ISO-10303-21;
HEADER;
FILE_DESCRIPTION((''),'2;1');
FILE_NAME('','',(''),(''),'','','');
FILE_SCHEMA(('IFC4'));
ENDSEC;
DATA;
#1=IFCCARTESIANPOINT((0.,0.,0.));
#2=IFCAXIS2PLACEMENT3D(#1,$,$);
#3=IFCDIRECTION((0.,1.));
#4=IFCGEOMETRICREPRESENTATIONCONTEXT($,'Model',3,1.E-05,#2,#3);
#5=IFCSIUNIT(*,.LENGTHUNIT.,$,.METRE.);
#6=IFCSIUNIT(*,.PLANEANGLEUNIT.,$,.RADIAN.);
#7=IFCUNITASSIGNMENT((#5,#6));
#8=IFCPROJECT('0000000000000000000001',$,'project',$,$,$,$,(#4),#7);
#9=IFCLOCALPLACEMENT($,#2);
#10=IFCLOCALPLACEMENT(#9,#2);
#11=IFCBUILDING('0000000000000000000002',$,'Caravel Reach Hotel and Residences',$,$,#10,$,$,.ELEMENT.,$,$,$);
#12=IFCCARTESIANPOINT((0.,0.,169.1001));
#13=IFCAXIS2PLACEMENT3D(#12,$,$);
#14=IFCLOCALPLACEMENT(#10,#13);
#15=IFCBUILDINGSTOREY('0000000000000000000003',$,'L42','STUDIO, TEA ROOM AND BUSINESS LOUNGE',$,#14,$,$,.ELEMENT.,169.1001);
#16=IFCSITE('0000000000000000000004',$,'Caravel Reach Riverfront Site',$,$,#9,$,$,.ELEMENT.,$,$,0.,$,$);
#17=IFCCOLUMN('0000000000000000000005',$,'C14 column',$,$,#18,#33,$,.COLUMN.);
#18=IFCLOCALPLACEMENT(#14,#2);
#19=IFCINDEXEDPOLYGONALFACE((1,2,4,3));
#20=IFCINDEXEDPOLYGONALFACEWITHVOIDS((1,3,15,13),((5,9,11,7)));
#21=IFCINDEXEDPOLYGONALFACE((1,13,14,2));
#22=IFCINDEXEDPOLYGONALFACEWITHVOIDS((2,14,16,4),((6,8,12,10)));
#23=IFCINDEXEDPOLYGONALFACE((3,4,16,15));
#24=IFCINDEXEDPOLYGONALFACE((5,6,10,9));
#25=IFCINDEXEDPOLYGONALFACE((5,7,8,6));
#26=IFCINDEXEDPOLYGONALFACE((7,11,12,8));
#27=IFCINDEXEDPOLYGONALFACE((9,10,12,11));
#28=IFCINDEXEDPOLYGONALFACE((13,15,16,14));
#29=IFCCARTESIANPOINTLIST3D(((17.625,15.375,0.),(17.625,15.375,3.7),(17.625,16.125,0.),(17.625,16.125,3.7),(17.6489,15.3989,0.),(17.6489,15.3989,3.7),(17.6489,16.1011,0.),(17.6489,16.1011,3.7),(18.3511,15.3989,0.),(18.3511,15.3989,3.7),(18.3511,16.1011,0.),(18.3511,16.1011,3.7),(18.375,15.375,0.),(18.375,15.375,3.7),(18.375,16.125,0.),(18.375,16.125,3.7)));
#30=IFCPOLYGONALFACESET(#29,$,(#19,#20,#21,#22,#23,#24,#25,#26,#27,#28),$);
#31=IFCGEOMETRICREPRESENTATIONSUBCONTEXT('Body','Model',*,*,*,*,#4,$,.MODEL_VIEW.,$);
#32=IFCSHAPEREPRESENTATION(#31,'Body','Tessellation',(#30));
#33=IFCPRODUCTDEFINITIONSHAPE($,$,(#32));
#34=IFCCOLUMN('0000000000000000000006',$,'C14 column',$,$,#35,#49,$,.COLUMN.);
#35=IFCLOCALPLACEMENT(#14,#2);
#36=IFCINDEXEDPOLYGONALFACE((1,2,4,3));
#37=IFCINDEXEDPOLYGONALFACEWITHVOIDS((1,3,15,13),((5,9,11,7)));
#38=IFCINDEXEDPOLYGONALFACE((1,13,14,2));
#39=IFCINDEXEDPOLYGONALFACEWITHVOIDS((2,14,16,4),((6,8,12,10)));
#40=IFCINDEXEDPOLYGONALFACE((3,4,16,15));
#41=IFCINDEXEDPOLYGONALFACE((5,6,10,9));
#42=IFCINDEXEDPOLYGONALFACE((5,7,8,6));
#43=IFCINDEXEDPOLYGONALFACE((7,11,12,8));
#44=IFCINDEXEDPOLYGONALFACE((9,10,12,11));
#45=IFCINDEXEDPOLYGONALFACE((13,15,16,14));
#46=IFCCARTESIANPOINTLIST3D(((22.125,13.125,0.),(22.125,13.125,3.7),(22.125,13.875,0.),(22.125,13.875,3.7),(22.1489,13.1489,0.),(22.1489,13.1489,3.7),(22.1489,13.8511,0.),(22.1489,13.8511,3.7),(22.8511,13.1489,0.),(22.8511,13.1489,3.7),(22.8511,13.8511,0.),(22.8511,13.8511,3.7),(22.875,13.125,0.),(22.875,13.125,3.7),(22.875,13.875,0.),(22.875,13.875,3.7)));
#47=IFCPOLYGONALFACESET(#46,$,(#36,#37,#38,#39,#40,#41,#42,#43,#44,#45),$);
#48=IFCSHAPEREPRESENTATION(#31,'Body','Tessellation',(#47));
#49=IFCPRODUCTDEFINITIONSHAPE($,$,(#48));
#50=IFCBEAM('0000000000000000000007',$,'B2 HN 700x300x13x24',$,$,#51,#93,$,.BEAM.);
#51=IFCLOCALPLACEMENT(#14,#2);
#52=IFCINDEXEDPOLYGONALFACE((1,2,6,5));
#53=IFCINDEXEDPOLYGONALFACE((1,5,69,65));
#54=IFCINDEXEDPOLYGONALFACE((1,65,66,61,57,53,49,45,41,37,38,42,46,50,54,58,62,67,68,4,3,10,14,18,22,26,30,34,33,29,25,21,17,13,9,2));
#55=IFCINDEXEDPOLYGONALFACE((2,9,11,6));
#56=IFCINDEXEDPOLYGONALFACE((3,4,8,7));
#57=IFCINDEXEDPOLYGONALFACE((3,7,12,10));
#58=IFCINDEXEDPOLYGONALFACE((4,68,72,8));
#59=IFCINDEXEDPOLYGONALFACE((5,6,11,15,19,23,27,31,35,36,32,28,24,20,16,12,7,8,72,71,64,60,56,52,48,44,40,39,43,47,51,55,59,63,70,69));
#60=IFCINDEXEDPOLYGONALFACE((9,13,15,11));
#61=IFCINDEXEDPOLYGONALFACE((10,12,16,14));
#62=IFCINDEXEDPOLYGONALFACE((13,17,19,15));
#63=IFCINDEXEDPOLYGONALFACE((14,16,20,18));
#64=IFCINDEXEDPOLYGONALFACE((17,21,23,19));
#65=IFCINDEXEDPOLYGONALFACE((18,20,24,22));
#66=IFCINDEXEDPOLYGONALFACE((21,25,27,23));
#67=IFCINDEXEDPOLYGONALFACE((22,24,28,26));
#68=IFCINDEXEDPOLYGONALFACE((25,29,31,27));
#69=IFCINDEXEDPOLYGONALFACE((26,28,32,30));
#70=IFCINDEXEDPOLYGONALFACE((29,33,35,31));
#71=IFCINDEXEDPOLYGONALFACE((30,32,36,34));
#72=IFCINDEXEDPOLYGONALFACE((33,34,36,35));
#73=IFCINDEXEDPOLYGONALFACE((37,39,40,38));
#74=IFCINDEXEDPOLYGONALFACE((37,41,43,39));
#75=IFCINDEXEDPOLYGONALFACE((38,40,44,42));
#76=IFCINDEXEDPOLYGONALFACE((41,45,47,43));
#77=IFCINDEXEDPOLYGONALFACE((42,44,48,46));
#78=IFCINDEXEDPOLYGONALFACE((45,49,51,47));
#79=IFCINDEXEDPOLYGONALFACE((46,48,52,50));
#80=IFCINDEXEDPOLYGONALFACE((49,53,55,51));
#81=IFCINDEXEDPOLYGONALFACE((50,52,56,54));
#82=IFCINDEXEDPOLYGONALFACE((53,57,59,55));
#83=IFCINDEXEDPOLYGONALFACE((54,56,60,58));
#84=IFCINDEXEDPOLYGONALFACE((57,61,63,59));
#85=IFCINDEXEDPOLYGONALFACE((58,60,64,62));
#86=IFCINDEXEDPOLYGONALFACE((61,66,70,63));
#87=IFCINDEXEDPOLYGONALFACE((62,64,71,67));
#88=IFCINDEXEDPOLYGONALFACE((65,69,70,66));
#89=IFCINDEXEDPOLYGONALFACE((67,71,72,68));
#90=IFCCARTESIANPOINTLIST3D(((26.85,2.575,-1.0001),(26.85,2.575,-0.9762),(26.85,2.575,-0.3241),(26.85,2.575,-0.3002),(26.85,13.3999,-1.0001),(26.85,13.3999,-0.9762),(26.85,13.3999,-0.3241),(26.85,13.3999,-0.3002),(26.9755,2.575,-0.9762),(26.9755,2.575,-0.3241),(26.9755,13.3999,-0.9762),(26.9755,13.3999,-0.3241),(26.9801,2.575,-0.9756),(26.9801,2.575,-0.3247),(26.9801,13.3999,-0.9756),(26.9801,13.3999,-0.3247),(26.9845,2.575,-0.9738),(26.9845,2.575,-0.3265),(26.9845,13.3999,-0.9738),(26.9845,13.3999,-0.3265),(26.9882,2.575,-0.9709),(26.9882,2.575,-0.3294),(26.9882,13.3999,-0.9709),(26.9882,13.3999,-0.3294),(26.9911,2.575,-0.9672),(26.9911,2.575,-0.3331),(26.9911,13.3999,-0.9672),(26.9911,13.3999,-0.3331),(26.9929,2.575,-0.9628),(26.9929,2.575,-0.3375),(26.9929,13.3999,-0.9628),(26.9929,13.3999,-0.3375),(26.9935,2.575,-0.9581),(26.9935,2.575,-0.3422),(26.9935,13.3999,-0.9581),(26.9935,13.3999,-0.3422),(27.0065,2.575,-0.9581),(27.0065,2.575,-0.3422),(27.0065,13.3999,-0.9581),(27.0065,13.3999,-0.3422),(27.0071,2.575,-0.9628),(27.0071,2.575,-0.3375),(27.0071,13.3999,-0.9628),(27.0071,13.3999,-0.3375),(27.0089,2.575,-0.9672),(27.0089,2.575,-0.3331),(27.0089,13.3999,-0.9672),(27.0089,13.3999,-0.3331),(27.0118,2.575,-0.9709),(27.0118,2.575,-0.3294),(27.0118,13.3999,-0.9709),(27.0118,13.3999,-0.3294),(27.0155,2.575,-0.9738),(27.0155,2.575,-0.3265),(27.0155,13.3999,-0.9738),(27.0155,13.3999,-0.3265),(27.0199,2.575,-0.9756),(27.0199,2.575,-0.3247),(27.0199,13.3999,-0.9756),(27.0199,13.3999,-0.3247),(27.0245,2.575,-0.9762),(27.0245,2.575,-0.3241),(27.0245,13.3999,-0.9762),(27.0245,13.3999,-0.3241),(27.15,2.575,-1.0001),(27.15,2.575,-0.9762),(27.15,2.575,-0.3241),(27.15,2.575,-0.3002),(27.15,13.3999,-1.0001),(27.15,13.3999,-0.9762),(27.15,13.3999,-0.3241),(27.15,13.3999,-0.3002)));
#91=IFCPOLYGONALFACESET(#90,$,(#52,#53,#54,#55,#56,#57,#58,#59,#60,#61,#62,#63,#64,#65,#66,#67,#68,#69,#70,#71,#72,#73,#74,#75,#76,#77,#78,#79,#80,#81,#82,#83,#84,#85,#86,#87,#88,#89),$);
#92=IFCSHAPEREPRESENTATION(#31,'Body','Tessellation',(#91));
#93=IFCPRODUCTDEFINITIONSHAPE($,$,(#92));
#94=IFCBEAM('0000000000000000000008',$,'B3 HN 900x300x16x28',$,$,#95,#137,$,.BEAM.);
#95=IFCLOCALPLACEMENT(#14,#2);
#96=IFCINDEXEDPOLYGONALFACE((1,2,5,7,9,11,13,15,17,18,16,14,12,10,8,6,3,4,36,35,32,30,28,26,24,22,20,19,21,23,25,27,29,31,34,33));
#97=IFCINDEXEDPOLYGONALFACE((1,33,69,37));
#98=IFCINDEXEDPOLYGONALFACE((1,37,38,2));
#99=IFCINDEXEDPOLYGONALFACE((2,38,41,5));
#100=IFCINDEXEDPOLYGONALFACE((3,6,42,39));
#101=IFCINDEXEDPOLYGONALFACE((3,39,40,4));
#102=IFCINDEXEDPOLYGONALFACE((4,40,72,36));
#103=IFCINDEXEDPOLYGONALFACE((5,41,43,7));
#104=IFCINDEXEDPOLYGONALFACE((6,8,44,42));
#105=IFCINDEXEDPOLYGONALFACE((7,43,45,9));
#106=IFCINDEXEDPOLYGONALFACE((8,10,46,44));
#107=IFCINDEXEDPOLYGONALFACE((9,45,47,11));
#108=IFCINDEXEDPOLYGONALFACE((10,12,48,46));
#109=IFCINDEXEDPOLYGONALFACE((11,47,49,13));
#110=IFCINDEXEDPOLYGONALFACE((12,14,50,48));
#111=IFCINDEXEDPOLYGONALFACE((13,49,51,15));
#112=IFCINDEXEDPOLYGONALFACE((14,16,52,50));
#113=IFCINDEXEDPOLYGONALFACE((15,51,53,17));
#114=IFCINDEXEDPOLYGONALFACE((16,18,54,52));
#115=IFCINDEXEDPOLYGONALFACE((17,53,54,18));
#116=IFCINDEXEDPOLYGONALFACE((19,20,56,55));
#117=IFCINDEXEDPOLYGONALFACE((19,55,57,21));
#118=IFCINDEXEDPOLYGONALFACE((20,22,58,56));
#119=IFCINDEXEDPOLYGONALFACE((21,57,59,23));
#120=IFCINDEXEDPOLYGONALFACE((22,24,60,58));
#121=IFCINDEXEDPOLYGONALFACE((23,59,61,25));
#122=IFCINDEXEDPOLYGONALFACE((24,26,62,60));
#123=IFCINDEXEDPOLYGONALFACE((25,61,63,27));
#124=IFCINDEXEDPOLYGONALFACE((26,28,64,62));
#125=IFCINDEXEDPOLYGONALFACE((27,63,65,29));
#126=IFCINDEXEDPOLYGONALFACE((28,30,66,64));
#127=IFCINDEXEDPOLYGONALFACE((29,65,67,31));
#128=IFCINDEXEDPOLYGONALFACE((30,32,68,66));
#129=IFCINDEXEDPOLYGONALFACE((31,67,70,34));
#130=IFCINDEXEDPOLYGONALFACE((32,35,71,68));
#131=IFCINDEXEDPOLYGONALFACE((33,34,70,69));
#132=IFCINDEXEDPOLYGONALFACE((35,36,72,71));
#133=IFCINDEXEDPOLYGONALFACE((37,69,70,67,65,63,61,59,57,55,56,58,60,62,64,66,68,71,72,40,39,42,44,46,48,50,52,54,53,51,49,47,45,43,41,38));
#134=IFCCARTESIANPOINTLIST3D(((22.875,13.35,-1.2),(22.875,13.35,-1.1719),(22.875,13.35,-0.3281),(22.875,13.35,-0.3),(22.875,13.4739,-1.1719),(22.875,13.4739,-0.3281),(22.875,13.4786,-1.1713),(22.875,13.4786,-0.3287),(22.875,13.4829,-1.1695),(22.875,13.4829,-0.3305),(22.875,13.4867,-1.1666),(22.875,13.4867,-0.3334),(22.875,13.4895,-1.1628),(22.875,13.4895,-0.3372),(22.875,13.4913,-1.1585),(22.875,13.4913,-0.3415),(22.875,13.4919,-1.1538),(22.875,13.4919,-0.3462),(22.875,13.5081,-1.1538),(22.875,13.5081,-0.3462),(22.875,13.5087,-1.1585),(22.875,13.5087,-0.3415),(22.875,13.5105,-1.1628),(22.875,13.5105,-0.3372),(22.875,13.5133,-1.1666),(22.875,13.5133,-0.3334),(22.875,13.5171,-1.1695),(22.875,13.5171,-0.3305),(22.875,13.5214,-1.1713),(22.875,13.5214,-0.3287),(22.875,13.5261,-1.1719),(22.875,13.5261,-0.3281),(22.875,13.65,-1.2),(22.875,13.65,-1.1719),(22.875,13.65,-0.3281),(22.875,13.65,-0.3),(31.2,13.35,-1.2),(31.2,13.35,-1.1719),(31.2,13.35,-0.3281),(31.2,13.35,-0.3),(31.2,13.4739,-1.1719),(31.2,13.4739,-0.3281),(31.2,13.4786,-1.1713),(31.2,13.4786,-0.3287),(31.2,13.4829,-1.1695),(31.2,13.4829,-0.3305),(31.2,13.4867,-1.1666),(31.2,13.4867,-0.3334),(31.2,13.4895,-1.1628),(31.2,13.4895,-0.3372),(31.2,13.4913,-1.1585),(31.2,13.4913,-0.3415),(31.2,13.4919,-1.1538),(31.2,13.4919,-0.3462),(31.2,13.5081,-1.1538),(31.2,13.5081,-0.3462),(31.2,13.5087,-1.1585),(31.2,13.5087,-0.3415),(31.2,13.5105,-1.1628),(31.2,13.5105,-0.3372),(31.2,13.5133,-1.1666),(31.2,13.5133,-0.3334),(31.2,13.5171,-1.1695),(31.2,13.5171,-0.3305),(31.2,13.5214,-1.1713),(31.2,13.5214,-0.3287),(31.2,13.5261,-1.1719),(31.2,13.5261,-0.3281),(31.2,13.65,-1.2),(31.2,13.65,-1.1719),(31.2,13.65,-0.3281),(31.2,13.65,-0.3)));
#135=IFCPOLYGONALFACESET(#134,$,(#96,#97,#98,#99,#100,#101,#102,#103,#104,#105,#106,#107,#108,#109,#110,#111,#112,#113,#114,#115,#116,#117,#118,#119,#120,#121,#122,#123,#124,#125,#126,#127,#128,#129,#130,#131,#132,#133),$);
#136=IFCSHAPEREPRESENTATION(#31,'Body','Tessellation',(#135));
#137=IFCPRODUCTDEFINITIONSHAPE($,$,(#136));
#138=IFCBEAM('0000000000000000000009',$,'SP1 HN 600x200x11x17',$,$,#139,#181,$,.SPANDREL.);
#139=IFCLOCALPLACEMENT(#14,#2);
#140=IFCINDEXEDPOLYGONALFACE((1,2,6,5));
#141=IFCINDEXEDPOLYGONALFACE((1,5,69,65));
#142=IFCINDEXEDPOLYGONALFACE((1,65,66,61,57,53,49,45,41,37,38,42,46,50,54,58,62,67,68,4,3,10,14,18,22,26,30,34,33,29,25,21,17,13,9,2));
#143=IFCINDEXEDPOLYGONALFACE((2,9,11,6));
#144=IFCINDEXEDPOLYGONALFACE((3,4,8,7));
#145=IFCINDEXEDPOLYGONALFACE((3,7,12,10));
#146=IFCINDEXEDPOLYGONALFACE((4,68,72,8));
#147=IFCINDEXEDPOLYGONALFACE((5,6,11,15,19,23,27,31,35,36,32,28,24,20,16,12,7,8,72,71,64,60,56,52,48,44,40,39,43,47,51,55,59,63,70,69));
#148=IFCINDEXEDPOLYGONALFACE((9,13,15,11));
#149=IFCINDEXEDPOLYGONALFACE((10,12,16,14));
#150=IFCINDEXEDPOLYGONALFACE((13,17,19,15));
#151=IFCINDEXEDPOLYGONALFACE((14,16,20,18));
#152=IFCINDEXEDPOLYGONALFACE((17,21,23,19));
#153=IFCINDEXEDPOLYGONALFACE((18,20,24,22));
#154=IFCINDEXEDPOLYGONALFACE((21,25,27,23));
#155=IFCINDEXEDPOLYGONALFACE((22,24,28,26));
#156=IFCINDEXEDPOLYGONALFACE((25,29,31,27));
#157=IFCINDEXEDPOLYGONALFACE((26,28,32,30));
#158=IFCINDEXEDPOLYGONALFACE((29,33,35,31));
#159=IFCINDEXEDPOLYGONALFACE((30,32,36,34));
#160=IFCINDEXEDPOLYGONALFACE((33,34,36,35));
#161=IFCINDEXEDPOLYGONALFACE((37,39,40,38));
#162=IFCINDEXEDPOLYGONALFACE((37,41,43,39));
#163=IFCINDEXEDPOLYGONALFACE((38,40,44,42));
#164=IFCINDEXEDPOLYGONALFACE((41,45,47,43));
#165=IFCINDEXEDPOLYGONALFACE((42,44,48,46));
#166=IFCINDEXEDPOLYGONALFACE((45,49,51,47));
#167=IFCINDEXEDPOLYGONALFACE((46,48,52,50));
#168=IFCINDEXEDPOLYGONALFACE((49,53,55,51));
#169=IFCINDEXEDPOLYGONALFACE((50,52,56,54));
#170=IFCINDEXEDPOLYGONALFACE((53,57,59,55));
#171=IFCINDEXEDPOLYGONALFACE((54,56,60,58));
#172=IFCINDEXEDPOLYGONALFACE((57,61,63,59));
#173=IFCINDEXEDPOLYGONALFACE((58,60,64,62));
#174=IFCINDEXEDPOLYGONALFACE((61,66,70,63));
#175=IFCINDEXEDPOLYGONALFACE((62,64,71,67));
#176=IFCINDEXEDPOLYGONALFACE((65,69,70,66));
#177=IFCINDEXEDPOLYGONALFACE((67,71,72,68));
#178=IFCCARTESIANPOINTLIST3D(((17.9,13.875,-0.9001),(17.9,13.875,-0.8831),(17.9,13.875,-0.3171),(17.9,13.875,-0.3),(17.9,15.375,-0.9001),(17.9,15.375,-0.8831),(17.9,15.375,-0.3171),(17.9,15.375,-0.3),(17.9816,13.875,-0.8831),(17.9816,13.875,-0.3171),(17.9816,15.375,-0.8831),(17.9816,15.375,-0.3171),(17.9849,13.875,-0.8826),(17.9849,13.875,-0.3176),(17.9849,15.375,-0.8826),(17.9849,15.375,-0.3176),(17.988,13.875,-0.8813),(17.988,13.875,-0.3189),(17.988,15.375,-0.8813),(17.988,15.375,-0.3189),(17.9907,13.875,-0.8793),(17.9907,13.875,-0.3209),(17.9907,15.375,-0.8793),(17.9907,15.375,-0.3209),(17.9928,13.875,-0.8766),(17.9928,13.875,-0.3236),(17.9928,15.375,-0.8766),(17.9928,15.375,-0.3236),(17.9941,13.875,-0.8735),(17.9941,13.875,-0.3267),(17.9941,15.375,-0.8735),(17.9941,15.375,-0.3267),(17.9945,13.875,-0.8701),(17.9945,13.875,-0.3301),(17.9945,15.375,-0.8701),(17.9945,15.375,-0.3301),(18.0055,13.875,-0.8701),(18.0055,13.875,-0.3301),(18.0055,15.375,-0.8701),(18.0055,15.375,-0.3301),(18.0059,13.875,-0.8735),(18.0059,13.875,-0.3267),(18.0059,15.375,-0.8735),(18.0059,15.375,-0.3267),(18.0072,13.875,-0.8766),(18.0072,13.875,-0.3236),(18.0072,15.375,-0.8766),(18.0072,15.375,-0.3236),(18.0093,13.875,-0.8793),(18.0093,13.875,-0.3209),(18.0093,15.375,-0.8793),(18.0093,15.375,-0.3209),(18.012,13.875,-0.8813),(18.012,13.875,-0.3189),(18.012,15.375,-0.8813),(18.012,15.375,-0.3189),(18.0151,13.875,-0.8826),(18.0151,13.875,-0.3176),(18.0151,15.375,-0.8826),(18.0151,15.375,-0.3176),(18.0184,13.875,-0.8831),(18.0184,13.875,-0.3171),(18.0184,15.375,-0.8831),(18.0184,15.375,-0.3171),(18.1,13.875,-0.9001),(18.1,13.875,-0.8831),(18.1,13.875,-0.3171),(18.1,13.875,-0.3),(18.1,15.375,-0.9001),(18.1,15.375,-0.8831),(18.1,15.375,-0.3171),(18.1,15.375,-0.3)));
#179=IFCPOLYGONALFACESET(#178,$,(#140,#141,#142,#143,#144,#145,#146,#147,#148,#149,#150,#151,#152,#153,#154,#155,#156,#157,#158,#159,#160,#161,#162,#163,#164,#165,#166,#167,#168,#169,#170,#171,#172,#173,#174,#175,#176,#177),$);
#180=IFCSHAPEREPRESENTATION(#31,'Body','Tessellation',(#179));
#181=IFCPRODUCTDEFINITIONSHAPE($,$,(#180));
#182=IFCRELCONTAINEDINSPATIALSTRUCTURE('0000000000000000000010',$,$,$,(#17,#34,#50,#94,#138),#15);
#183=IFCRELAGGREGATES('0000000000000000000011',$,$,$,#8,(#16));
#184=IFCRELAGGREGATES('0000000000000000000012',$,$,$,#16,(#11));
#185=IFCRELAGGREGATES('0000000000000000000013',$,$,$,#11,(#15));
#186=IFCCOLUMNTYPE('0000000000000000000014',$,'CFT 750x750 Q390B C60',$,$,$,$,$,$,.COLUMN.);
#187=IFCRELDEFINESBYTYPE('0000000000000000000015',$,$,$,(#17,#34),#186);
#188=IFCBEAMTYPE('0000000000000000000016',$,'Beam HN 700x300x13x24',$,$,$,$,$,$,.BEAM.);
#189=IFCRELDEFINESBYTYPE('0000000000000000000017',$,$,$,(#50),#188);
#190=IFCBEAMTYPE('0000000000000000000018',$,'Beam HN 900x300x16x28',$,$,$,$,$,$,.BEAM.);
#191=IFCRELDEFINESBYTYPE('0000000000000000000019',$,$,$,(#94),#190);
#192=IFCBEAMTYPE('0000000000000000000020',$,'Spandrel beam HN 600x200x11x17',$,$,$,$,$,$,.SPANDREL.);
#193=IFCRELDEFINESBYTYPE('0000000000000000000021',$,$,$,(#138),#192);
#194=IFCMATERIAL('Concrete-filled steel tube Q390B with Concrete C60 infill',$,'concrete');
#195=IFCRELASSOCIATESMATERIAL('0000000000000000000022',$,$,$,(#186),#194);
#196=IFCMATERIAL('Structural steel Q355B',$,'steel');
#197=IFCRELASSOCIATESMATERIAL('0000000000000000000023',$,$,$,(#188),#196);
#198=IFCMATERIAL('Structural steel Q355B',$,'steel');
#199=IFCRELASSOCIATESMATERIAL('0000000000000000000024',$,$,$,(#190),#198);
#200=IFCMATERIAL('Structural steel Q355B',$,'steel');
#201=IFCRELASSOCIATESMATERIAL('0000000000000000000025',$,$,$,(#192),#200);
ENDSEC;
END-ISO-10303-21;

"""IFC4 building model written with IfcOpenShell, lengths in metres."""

from ifc_helpers import new_model, si_unit, direction, frame, origin, origin_2d, place, context, subcontext, project, spatial, hollow_rectangle, i_section, extrude, material, material_profile, profile_set, type_object, element, save


model = new_model("IFC4")

# Units and contexts
model_context = context("Model", 3, precision=1e-05, world=origin(), true_north=direction((0.0, 1.0)))
body_context = subcontext(model_context, "Body", "Model", "MODEL_VIEW")
ifc_project = project(units=[si_unit("LENGTHUNIT", "METRE"), si_unit("PLANEANGLEUNIT", "RADIAN")], contexts=[model_context])

# Site, building, storey
site_placement = place(None, origin())
site = spatial("IfcSite", under=ifc_project, at=site_placement, Name="Caravel Reach Riverfront Site", CompositionType="ELEMENT", RefElevation=0.0)
building_placement = place(site_placement, origin())
building = spatial("IfcBuilding", under=site, at=building_placement, Name="Caravel Reach Hotel and Residences", CompositionType="ELEMENT")
storey_placement = place(building_placement, frame((0.0, 0.0, 169.1001)))
storey = spatial("IfcBuildingStorey", under=building, at=storey_placement, Name="L42", Description="STUDIO, TEA ROOM AND BUSINESS LOUNGE", CompositionType="ELEMENT", Elevation=169.1001)

# Columns
ifc_material_1 = material(Name="Concrete-filled steel tube Q390B with Concrete C60 infill", Category="concrete")
ifc_material_profile_1 = material_profile(ifc_material_1, hollow_rectangle(XDim=0.75, YDim=0.75, WallThickness=0.0239, at=origin_2d()), Name="RHS 750x750x24")
ifc_profile_set_1 = profile_set([ifc_material_profile_1], Name="Concrete-filled steel tube Q390B with Concrete C60 infill")
column_type = type_object("IfcColumnType", Name="CFT 750x750 Q390B C60", PredefinedType="COLUMN", material=ifc_profile_set_1)
for number, where, z_axis, x_axis, name in (
    (1, (18.0, 15.75, 0.0), (0.0, 0.0, 1.0), (1.0, 0.0, 0.0), "C14 column"),
    (2, (22.5, 13.5, 0.0), (0.0, 0.0, 1.0), (1.0, 0.0, 0.0), "C14 column"),
):
    element("IfcColumn", number, at=place(storey_placement, frame(where, z_axis=z_axis, x_axis=x_axis)), inside=storey, type_object=column_type, Name=name, PredefinedType="COLUMN", context=body_context, shape_type="SweptSolid", body=[
        extrude(hollow_rectangle(XDim=0.75, YDim=0.75, WallThickness=0.0239, at=origin_2d()), origin(), (0.0, 0.0, 1.0), 3.7),
    ])

# Beams
ifc_material_2 = material(Name="Structural steel Q355B", Category="steel")
ifc_material_profile_2 = material_profile(ifc_material_2, i_section(OverallWidth=0.3, OverallDepth=0.7, WebThickness=0.0129, FlangeThickness=0.0239, FilletRadius=0.0181, at=origin_2d()), Name="HN 700x300x13x24")
ifc_profile_set_2 = profile_set([ifc_material_profile_2], Name="Structural steel Q355B")
beam_type_1 = type_object("IfcBeamType", Name="Beam HN 700x300x13x24", PredefinedType="BEAM", material=ifc_profile_set_2)
beam_1_placement = place(storey_placement, frame((27.0, 13.3999, -0.6501), z_axis=(0.0, -1.0, 0.0), x_axis=(1.0, 0.0, 0.0)))
element("IfcBeam", 3, at=beam_1_placement, inside=storey, type_object=beam_type_1, Name="B2 HN 700x300x13x24", PredefinedType="BEAM", context=body_context, shape_type="SweptSolid", body=[
    extrude(i_section(OverallWidth=0.3, OverallDepth=0.7, WebThickness=0.0129, FlangeThickness=0.0239, FilletRadius=0.0181, at=origin_2d()), origin(), (0.0, 0.0, 1.0), 10.825),
])
ifc_material_3 = material(Name="Structural steel Q355B", Category="steel")
ifc_material_profile_3 = material_profile(ifc_material_3, i_section(OverallWidth=0.3, OverallDepth=0.8999, WebThickness=0.0161, FlangeThickness=0.0281, FilletRadius=0.0181, at=origin_2d()), Name="HN 900x300x16x28")
ifc_profile_set_3 = profile_set([ifc_material_profile_3], Name="Structural steel Q355B")
beam_type_2 = type_object("IfcBeamType", Name="Beam HN 900x300x16x28", PredefinedType="BEAM", material=ifc_profile_set_3)
beam_2_placement = place(storey_placement, frame((22.875, 13.5, -0.75), z_axis=(1.0, 0.0, 0.0), x_axis=(0.0, 1.0, 0.0)))
element("IfcBeam", 4, at=beam_2_placement, inside=storey, type_object=beam_type_2, Name="B3 HN 900x300x16x28", PredefinedType="BEAM", context=body_context, shape_type="SweptSolid", body=[
    extrude(i_section(OverallWidth=0.3, OverallDepth=0.8999, WebThickness=0.0161, FlangeThickness=0.0281, FilletRadius=0.0181, at=origin_2d()), origin(), (0.0, 0.0, 1.0), 8.325),
])
ifc_material_4 = material(Name="Structural steel Q355B", Category="steel")
ifc_material_profile_4 = material_profile(ifc_material_4, i_section(OverallWidth=0.2, OverallDepth=0.6001, WebThickness=0.011, FlangeThickness=0.0171, FilletRadius=0.0129, at=origin_2d()), Name="HN 600x200x11x17")
ifc_profile_set_4 = profile_set([ifc_material_profile_4], Name="Structural steel Q355B")
beam_type_3 = type_object("IfcBeamType", Name="Spandrel beam HN 600x200x11x17", PredefinedType="SPANDREL", material=ifc_profile_set_4)
beam_3_placement = place(storey_placement, frame((18.0, 15.375, -0.6001), z_axis=(0.0, -1.0, 0.0), x_axis=(1.0, 0.0, 0.0)))
element("IfcBeam", 5, at=beam_3_placement, inside=storey, type_object=beam_type_3, Name="SP1 HN 600x200x11x17", PredefinedType="SPANDREL", context=body_context, shape_type="SweptSolid", body=[
    extrude(i_section(OverallWidth=0.2, OverallDepth=0.6001, WebThickness=0.011, FlangeThickness=0.0171, FilletRadius=0.0129, at=origin_2d()), origin(), (0.0, 0.0, 1.0), 1.5),
])

save(model, "model.ifc")
